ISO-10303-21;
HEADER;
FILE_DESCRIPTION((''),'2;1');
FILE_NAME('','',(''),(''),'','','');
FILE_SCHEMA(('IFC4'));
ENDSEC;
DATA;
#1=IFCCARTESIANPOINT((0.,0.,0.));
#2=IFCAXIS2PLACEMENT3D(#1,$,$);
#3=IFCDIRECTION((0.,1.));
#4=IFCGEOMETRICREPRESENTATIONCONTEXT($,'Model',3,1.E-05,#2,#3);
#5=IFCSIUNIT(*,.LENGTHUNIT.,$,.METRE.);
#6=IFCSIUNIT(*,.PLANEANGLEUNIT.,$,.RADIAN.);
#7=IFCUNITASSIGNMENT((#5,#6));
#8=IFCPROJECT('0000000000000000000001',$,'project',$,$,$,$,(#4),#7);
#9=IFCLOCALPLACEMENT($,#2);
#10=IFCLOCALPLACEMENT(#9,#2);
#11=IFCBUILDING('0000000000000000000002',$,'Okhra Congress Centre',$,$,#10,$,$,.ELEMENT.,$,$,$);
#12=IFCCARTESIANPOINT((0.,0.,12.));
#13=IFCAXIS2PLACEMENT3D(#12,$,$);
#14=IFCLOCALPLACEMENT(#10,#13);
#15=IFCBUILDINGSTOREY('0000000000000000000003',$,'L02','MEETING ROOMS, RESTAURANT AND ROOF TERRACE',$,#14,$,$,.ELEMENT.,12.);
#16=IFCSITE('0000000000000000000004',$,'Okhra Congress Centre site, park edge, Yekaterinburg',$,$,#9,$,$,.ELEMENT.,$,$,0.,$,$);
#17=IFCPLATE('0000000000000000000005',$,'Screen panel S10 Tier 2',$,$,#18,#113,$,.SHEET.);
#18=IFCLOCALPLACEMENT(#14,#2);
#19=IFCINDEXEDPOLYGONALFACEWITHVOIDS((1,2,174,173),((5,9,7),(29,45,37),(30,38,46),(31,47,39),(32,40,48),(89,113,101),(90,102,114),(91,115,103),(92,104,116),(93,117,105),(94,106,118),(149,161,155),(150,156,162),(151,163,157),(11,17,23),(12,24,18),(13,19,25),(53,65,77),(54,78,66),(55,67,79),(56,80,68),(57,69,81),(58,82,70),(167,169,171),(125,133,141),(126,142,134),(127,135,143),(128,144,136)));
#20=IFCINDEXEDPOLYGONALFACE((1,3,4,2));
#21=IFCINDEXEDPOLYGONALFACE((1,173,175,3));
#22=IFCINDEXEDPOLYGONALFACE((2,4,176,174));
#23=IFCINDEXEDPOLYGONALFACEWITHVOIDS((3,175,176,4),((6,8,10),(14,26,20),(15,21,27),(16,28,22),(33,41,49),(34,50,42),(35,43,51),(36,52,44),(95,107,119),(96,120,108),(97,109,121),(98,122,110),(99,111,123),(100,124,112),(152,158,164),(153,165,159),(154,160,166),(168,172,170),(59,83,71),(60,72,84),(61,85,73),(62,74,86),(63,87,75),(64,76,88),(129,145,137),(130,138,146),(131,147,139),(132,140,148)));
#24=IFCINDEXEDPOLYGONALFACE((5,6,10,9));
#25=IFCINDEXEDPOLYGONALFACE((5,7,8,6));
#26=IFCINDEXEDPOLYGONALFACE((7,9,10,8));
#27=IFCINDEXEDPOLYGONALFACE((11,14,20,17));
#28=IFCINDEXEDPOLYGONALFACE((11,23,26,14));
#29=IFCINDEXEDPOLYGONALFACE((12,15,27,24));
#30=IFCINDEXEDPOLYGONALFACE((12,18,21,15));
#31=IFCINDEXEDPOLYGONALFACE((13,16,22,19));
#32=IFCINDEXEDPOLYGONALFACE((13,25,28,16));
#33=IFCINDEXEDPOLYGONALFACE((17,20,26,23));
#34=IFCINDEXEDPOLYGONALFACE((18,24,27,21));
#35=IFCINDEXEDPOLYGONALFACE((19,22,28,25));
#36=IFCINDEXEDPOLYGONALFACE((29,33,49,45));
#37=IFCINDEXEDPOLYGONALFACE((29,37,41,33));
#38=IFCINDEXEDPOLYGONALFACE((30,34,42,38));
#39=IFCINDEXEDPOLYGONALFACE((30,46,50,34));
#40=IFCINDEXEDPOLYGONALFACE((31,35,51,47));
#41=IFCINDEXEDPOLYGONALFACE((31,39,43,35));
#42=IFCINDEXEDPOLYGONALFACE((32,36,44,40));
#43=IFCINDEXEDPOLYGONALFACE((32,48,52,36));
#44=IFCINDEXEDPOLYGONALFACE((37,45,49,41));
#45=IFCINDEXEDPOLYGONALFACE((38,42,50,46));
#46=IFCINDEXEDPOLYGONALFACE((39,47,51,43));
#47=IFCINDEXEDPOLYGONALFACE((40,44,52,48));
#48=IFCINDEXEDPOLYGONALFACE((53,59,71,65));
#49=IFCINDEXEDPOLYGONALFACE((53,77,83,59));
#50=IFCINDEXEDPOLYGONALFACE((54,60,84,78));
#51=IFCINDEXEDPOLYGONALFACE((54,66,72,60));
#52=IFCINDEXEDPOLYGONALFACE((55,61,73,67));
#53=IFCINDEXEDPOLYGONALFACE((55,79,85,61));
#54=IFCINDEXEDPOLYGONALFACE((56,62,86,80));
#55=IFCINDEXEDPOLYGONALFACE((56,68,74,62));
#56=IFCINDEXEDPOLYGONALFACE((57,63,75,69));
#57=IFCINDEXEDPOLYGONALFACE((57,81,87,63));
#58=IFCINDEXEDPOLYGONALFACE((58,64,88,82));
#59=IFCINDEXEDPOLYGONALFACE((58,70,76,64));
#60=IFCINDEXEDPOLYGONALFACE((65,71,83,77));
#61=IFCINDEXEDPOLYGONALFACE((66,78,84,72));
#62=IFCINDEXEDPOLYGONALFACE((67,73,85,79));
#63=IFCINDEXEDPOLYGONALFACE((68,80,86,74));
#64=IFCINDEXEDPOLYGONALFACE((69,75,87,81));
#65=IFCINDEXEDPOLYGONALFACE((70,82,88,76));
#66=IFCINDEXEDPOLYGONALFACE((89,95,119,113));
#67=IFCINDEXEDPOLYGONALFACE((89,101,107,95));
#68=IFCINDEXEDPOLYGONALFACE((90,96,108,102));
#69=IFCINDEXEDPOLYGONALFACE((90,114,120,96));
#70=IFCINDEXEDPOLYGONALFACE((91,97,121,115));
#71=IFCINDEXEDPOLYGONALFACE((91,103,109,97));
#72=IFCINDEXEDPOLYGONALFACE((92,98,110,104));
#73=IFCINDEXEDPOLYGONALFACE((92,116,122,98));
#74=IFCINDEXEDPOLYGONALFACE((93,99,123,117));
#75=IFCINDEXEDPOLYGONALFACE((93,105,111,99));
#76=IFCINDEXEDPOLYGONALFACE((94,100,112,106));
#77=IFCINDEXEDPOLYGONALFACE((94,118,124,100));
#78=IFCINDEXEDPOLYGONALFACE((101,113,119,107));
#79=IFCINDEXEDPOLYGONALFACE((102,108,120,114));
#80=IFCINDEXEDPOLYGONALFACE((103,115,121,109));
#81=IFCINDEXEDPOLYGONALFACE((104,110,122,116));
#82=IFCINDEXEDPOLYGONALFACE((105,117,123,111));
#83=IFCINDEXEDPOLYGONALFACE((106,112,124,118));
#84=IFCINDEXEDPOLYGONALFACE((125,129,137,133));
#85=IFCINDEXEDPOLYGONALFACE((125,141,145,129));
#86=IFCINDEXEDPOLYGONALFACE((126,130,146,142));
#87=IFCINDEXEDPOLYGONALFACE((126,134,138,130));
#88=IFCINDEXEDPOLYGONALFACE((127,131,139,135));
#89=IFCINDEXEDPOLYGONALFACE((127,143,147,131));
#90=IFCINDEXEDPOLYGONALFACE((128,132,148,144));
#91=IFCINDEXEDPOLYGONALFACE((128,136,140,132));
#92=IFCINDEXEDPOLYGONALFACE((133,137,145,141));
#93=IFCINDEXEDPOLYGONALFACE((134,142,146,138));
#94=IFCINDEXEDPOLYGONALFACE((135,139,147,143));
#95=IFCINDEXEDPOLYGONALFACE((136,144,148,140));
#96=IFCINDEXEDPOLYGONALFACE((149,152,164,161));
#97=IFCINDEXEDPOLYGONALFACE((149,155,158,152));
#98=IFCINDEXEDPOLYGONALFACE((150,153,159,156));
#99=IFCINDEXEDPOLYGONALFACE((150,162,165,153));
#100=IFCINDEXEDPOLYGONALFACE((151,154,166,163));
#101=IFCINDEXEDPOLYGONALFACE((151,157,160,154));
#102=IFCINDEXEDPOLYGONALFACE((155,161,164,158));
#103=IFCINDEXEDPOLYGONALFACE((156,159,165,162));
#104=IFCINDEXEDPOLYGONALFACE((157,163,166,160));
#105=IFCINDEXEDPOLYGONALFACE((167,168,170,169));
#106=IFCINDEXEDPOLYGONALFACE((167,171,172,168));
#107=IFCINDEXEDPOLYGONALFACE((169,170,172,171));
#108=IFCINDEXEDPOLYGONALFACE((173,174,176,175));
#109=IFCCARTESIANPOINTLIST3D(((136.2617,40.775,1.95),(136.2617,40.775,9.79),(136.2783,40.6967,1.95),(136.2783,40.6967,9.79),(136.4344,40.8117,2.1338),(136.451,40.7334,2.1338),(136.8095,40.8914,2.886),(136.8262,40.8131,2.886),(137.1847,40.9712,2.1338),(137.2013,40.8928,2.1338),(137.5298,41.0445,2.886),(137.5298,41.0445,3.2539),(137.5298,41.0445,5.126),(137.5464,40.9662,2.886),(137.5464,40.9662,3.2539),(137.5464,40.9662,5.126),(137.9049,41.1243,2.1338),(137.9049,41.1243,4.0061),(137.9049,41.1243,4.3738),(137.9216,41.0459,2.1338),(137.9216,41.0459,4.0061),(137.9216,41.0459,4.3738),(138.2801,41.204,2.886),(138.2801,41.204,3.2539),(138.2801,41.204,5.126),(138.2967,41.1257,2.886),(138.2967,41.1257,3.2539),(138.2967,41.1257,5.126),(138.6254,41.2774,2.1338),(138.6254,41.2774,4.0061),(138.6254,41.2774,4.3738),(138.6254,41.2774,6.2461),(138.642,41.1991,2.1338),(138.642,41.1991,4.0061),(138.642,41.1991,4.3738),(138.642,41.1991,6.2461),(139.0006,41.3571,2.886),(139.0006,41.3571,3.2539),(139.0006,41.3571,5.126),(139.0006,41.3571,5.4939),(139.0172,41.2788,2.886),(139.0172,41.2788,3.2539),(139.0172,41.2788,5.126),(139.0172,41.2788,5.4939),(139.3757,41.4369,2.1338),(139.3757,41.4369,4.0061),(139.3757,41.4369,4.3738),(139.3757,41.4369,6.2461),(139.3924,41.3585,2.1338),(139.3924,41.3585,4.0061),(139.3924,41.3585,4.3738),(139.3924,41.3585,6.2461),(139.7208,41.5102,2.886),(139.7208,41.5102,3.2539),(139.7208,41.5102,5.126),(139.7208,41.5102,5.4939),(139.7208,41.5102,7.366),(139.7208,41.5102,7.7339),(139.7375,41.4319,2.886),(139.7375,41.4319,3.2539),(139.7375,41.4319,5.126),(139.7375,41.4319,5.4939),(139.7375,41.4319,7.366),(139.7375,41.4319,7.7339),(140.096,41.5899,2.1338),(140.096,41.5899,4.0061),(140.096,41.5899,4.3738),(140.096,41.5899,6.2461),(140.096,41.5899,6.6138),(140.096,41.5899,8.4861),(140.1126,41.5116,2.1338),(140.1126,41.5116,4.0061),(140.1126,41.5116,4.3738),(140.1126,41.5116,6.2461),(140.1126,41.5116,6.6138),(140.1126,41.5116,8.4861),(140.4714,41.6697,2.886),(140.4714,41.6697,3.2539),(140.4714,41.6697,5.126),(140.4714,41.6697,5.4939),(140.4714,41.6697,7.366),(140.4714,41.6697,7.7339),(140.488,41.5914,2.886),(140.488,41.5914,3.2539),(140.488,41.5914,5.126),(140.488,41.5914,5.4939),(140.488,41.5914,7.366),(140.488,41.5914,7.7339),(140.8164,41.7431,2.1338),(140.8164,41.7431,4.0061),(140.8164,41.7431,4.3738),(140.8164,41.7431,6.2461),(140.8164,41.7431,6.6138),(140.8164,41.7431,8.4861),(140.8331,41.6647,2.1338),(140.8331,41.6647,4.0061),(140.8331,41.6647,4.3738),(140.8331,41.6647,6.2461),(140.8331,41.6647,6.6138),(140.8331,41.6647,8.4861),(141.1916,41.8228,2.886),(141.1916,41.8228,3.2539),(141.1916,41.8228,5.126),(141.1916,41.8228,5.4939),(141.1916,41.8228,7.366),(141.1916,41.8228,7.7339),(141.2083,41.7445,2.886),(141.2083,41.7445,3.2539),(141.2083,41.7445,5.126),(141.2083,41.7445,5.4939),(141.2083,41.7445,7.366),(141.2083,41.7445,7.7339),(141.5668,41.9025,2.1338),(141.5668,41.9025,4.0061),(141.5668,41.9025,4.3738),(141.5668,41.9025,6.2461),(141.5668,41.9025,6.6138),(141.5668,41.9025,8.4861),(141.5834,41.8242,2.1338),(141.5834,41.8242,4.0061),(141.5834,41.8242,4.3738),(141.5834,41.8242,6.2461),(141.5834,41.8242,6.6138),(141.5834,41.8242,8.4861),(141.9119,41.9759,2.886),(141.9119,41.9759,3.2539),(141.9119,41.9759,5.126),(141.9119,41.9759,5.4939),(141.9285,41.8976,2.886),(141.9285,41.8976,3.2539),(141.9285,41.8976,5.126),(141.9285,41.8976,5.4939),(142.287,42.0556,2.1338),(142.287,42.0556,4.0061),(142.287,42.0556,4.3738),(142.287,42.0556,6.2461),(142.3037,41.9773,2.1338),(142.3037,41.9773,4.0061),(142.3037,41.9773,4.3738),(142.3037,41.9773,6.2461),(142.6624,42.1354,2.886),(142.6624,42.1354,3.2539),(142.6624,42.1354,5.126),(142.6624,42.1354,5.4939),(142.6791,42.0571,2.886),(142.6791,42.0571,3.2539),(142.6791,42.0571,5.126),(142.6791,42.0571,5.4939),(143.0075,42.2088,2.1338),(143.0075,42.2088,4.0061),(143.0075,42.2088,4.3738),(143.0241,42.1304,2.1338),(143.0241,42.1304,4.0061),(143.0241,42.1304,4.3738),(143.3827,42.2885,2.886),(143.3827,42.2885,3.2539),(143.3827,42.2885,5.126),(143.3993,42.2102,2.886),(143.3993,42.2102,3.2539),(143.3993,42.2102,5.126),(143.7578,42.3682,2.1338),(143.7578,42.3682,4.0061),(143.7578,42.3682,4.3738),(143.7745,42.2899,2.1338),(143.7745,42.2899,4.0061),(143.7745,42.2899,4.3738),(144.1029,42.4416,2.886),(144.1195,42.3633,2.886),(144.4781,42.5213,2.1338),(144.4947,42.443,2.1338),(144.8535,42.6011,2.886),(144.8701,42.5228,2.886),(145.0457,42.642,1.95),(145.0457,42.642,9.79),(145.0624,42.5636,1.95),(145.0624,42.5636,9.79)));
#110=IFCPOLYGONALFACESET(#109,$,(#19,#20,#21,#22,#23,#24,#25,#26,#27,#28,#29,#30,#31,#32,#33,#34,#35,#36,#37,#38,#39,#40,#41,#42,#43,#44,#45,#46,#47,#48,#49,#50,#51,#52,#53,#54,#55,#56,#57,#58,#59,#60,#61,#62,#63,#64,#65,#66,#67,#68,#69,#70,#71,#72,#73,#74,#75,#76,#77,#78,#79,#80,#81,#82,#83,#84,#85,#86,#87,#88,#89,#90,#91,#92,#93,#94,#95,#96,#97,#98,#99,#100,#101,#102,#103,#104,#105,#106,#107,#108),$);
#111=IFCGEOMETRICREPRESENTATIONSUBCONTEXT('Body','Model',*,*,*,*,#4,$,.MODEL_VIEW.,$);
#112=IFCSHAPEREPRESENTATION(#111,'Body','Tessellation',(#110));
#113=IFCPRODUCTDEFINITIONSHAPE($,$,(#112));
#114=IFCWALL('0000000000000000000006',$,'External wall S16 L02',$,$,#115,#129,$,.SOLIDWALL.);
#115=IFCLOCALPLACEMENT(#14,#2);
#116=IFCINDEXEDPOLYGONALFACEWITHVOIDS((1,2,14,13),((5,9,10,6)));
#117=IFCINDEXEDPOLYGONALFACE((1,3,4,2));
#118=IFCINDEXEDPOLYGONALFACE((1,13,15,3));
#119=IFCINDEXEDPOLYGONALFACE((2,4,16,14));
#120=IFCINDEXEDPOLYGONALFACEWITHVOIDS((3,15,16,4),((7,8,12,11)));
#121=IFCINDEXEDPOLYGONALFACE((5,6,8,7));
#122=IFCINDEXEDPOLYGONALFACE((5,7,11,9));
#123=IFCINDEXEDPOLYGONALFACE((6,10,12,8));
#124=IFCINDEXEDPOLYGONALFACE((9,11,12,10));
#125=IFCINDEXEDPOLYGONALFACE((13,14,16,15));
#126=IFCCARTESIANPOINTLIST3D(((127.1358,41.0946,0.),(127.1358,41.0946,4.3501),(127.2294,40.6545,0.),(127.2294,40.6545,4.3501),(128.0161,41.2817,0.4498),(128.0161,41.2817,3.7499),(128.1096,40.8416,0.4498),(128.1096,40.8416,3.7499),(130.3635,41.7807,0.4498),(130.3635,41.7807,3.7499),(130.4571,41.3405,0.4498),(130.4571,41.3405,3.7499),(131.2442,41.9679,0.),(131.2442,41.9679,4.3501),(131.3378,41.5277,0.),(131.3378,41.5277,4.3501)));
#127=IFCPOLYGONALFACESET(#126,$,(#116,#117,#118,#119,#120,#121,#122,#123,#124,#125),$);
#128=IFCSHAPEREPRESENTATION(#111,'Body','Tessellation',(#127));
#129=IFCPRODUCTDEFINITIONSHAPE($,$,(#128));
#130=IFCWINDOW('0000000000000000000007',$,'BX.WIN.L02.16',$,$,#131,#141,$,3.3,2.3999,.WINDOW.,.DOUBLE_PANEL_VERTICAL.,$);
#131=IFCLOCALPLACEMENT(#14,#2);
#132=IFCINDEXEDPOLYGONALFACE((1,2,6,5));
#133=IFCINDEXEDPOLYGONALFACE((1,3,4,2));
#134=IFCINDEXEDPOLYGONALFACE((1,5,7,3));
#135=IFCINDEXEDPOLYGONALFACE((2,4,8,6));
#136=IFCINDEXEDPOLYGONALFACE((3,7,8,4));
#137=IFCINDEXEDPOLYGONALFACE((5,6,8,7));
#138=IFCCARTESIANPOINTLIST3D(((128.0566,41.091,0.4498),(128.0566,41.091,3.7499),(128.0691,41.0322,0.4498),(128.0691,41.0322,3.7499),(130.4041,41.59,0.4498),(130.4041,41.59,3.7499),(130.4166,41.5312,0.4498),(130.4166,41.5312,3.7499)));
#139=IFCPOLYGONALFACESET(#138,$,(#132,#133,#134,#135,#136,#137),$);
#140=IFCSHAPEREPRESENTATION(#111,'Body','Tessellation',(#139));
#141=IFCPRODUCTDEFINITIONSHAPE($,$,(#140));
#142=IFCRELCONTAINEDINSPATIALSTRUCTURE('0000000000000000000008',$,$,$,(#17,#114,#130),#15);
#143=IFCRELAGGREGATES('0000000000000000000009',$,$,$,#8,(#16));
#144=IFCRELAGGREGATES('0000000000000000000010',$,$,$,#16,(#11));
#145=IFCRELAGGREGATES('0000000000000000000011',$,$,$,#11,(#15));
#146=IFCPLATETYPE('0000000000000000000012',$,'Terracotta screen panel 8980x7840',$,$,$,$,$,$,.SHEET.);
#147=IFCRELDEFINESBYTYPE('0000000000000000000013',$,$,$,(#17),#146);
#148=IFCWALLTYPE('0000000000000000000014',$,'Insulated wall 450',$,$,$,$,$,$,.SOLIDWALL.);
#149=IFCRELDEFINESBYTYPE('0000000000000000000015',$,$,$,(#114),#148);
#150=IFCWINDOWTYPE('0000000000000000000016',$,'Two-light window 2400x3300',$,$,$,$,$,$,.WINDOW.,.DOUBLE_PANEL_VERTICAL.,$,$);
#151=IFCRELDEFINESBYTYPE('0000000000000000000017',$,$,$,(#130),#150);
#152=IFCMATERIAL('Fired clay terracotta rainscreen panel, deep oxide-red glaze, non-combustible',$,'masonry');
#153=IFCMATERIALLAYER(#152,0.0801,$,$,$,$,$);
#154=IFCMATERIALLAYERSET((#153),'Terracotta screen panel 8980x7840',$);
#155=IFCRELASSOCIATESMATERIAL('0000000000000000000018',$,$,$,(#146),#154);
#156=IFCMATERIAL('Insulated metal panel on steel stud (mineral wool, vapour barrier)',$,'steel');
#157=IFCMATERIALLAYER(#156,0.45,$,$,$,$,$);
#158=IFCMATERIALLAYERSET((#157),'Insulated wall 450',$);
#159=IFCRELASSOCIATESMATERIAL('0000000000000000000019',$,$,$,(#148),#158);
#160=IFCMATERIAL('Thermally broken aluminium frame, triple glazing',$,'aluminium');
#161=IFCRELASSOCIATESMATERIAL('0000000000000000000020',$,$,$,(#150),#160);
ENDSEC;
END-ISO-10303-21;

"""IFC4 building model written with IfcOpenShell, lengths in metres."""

from ifc_helpers import new_model, si_unit, direction, frame, frame_2d, origin, place, context, subcontext, project, spatial, polyline, rectangle, outline, extrude, material, layer, layer_set, type_object, element, fill, save


model = new_model("IFC4")

# Units and contexts
model_context = context("Model", 3, precision=1e-05, world=origin(), true_north=direction((0.0, 1.0)))
body_context = subcontext(model_context, "Body", "Model", "MODEL_VIEW")
ifc_project = project(units=[si_unit("LENGTHUNIT", "METRE"), si_unit("PLANEANGLEUNIT", "RADIAN")], contexts=[model_context])

# Site, building, storey
site_placement = place(None, origin())
site = spatial("IfcSite", under=ifc_project, at=site_placement, Name="Okhra Congress Centre site, park edge, Yekaterinburg", CompositionType="ELEMENT", RefElevation=0.0)
building_placement = place(site_placement, origin())
building = spatial("IfcBuilding", under=site, at=building_placement, Name="Okhra Congress Centre", CompositionType="ELEMENT")
storey_placement = place(building_placement, frame((0.0, 0.0, 12.0)))
storey = spatial("IfcBuildingStorey", under=building, at=storey_placement, Name="L02", Description="MEETING ROOMS, RESTAURANT AND ROOF TERRACE", CompositionType="ELEMENT", Elevation=12.0)

# Plate
ifc_material_1 = material(Name="Fired clay terracotta rainscreen panel, deep oxide-red glaze, non-combustible", Category="masonry")
ifc_layer_1 = layer(ifc_material_1, 0.0801)
ifc_layer_set_1 = layer_set([ifc_layer_1], Name="Terracotta screen panel 8980x7840")
plate_type = type_object("IfcPlateType", Name="Terracotta screen panel 8980x7840", PredefinedType="SHEET", material=ifc_layer_set_1)
plate_1_placement = place(storey_placement, frame((136.27, 40.7358, 1.95), z_axis=(0.0, 0.0, 1.0), x_axis=(0.978151, 0.207897, 0.0)))
element("IfcPlate", 1, at=plate_1_placement, inside=storey, type_object=plate_type, Name="Screen panel S10 Tier 2", PredefinedType="SHEET", context=body_context, shape_type="SweptSolid", body=[
    extrude(outline(polyline([(0.0, 0.0), (8.9802, 0.0), (8.9802, 7.8401), (0.0, 7.8401), (0.0, 0.0)]), holes=[polyline([(0.1765, 0.1838), (0.9436, 0.1838), (0.5601, 0.936), (0.1765, 0.1838)]), polyline([(1.2964, 0.936), (1.6799, 0.1838), (2.0635, 0.936), (1.2964, 0.936)]), polyline([(2.4165, 0.1838), (3.1836, 0.1838), (2.8, 0.936), (2.4165, 0.1838)]), polyline([(3.5364, 0.936), (3.9199, 0.1838), (4.3037, 0.936), (3.5364, 0.936)]), polyline([(4.6565, 0.1838), (5.4236, 0.1838), (5.04, 0.936), (4.6565, 0.1838)]), polyline([(5.7764, 0.936), (6.1599, 0.1838), (6.5437, 0.936), (5.7764, 0.936)]), polyline([(6.8965, 0.1838), (7.6636, 0.1838), (7.28, 0.936), (6.8965, 0.1838)]), polyline([(8.0164, 0.936), (8.3999, 0.1838), (8.7837, 0.936), (8.0164, 0.936)]), polyline([(1.2964, 1.304), (2.0635, 1.304), (1.6799, 2.0562), (1.2964, 1.304)]), polyline([(2.4165, 2.0562), (2.8, 1.304), (3.1836, 2.0562), (2.4165, 2.0562)]), polyline([(3.5364, 1.304), (4.3037, 1.304), (3.9199, 2.0562), (3.5364, 1.304)]), polyline([(4.6565, 2.0562), (5.04, 1.304), (5.4236, 2.0562), (4.6565, 2.0562)]), polyline([(5.7764, 1.304), (6.5437, 1.304), (6.1599, 2.0562), (5.7764, 1.304)]), polyline([(6.8965, 2.0562), (7.28, 1.304), (7.6636, 2.0562), (6.8965, 2.0562)]), polyline([(1.2964, 3.176), (1.6799, 2.4238), (2.0635, 3.176), (1.2964, 3.176)]), polyline([(2.4165, 2.4238), (3.1836, 2.4238), (2.8, 3.176), (2.4165, 2.4238)]), polyline([(3.5364, 3.176), (3.9199, 2.4238), (4.3037, 3.176), (3.5364, 3.176)]), polyline([(4.6565, 2.4238), (5.4236, 2.4238), (5.04, 3.176), (4.6565, 2.4238)]), polyline([(5.7764, 3.176), (6.1599, 2.4238), (6.5437, 3.176), (5.7764, 3.176)]), polyline([(6.8965, 2.4238), (7.6636, 2.4238), (7.28, 3.176), (6.8965, 2.4238)]), polyline([(2.4165, 4.2961), (2.8, 3.5439), (3.1836, 4.2961), (2.4165, 4.2961)]), polyline([(3.5364, 3.5439), (4.3037, 3.5439), (3.9199, 4.2961), (3.5364, 3.5439)]), polyline([(4.6565, 4.2961), (5.04, 3.5439), (5.4236, 4.2961), (4.6565, 4.2961)]), polyline([(5.7764, 3.5439), (6.5437, 3.5439), (6.1599, 4.2961), (5.7764, 3.5439)]), polyline([(3.5364, 5.416), (3.9199, 4.6638), (4.3037, 5.416), (3.5364, 5.416)]), polyline([(4.6565, 4.6638), (5.4236, 4.6638), (5.04, 5.416), (4.6565, 4.6638)]), polyline([(3.5364, 5.7839), (4.3037, 5.7839), (3.9199, 6.5361), (3.5364, 5.7839)]), polyline([(4.6565, 6.5361), (5.04, 5.7839), (5.4236, 6.5361), (4.6565, 6.5361)])]), frame((0.0, 0.04, 0.0), z_axis=(0.0, -1.0, 0.0), x_axis=(1.0, 0.0, 0.0)), (0.0, 0.0, 1.0), 0.0801),
])

# Wall, opening, window
ifc_material_2 = material(Name="Insulated metal panel on steel stud (mineral wool, vapour barrier)", Category="steel")
ifc_layer_2 = layer(ifc_material_2, 0.45)
ifc_layer_set_2 = layer_set([ifc_layer_2], Name="Insulated wall 450")
wall_type_1 = type_object("IfcWallType", Name="Insulated wall 450", PredefinedType="SOLIDWALL", material=ifc_layer_set_2)
wall_1_placement = place(storey_placement, frame((127.1826, 40.8745, 0.0), z_axis=(0.0, 0.0, 1.0), x_axis=(0.978146, 0.207917, 0.0)))
wall_1 = element("IfcWall", 2, at=wall_1_placement, inside=storey, type_object=wall_type_1, Name="External wall S16 L02", PredefinedType="SOLIDWALL", context=body_context, shape_type="SweptSolid", body=[
    extrude(rectangle(XDim=4.2002, YDim=0.45, at=frame_2d((2.1001, 0.0))), origin(), (0.0, 0.0, 1.0), 4.3501),
])
opening_1_placement = place(wall_1_placement, frame((0.8999, 0.0, 0.45)))
opening_1 = element("IfcOpeningElement", 3, at=opening_1_placement, cuts=wall_1, PredefinedType="OPENING", context=body_context, shape_type="SweptSolid", body=[
    extrude(rectangle(XDim=2.3999, YDim=3.3, at=frame_2d((1.2, 1.6499))), frame((0.0, 0.2349, 0.0), z_axis=(0.0, -1.0, 0.0), x_axis=(1.0, 0.0, 0.0)), (0.0, 0.0, 1.0), 0.47),
])
ifc_material_3 = material(Name="Thermally broken aluminium frame, triple glazing", Category="aluminium")
window_type = type_object("IfcWindowType", Name="Two-light window 2400x3300", PartitioningType="DOUBLE_PANEL_VERTICAL", PredefinedType="WINDOW", material=ifc_material_3)
window_1_placement = place(opening_1_placement, origin())
window_1 = element("IfcWindow", 4, at=window_1_placement, inside=storey, type_object=window_type, Name="BX.WIN.L02.16", OverallHeight=3.3, OverallWidth=2.3999, PartitioningType="DOUBLE_PANEL_VERTICAL", PredefinedType="WINDOW", context=body_context, shape_type="SweptSolid", body=[
    extrude(rectangle(XDim=2.3999, YDim=3.3, at=frame_2d((1.2, 1.6499))), frame((0.0, 0.03, 0.0), z_axis=(0.0, -1.0, 0.0), x_axis=(1.0, 0.0, 0.0)), (0.0, 0.0, 1.0), 0.0601),
])
fill(opening_1, window_1)

save(model, "model.ifc")
